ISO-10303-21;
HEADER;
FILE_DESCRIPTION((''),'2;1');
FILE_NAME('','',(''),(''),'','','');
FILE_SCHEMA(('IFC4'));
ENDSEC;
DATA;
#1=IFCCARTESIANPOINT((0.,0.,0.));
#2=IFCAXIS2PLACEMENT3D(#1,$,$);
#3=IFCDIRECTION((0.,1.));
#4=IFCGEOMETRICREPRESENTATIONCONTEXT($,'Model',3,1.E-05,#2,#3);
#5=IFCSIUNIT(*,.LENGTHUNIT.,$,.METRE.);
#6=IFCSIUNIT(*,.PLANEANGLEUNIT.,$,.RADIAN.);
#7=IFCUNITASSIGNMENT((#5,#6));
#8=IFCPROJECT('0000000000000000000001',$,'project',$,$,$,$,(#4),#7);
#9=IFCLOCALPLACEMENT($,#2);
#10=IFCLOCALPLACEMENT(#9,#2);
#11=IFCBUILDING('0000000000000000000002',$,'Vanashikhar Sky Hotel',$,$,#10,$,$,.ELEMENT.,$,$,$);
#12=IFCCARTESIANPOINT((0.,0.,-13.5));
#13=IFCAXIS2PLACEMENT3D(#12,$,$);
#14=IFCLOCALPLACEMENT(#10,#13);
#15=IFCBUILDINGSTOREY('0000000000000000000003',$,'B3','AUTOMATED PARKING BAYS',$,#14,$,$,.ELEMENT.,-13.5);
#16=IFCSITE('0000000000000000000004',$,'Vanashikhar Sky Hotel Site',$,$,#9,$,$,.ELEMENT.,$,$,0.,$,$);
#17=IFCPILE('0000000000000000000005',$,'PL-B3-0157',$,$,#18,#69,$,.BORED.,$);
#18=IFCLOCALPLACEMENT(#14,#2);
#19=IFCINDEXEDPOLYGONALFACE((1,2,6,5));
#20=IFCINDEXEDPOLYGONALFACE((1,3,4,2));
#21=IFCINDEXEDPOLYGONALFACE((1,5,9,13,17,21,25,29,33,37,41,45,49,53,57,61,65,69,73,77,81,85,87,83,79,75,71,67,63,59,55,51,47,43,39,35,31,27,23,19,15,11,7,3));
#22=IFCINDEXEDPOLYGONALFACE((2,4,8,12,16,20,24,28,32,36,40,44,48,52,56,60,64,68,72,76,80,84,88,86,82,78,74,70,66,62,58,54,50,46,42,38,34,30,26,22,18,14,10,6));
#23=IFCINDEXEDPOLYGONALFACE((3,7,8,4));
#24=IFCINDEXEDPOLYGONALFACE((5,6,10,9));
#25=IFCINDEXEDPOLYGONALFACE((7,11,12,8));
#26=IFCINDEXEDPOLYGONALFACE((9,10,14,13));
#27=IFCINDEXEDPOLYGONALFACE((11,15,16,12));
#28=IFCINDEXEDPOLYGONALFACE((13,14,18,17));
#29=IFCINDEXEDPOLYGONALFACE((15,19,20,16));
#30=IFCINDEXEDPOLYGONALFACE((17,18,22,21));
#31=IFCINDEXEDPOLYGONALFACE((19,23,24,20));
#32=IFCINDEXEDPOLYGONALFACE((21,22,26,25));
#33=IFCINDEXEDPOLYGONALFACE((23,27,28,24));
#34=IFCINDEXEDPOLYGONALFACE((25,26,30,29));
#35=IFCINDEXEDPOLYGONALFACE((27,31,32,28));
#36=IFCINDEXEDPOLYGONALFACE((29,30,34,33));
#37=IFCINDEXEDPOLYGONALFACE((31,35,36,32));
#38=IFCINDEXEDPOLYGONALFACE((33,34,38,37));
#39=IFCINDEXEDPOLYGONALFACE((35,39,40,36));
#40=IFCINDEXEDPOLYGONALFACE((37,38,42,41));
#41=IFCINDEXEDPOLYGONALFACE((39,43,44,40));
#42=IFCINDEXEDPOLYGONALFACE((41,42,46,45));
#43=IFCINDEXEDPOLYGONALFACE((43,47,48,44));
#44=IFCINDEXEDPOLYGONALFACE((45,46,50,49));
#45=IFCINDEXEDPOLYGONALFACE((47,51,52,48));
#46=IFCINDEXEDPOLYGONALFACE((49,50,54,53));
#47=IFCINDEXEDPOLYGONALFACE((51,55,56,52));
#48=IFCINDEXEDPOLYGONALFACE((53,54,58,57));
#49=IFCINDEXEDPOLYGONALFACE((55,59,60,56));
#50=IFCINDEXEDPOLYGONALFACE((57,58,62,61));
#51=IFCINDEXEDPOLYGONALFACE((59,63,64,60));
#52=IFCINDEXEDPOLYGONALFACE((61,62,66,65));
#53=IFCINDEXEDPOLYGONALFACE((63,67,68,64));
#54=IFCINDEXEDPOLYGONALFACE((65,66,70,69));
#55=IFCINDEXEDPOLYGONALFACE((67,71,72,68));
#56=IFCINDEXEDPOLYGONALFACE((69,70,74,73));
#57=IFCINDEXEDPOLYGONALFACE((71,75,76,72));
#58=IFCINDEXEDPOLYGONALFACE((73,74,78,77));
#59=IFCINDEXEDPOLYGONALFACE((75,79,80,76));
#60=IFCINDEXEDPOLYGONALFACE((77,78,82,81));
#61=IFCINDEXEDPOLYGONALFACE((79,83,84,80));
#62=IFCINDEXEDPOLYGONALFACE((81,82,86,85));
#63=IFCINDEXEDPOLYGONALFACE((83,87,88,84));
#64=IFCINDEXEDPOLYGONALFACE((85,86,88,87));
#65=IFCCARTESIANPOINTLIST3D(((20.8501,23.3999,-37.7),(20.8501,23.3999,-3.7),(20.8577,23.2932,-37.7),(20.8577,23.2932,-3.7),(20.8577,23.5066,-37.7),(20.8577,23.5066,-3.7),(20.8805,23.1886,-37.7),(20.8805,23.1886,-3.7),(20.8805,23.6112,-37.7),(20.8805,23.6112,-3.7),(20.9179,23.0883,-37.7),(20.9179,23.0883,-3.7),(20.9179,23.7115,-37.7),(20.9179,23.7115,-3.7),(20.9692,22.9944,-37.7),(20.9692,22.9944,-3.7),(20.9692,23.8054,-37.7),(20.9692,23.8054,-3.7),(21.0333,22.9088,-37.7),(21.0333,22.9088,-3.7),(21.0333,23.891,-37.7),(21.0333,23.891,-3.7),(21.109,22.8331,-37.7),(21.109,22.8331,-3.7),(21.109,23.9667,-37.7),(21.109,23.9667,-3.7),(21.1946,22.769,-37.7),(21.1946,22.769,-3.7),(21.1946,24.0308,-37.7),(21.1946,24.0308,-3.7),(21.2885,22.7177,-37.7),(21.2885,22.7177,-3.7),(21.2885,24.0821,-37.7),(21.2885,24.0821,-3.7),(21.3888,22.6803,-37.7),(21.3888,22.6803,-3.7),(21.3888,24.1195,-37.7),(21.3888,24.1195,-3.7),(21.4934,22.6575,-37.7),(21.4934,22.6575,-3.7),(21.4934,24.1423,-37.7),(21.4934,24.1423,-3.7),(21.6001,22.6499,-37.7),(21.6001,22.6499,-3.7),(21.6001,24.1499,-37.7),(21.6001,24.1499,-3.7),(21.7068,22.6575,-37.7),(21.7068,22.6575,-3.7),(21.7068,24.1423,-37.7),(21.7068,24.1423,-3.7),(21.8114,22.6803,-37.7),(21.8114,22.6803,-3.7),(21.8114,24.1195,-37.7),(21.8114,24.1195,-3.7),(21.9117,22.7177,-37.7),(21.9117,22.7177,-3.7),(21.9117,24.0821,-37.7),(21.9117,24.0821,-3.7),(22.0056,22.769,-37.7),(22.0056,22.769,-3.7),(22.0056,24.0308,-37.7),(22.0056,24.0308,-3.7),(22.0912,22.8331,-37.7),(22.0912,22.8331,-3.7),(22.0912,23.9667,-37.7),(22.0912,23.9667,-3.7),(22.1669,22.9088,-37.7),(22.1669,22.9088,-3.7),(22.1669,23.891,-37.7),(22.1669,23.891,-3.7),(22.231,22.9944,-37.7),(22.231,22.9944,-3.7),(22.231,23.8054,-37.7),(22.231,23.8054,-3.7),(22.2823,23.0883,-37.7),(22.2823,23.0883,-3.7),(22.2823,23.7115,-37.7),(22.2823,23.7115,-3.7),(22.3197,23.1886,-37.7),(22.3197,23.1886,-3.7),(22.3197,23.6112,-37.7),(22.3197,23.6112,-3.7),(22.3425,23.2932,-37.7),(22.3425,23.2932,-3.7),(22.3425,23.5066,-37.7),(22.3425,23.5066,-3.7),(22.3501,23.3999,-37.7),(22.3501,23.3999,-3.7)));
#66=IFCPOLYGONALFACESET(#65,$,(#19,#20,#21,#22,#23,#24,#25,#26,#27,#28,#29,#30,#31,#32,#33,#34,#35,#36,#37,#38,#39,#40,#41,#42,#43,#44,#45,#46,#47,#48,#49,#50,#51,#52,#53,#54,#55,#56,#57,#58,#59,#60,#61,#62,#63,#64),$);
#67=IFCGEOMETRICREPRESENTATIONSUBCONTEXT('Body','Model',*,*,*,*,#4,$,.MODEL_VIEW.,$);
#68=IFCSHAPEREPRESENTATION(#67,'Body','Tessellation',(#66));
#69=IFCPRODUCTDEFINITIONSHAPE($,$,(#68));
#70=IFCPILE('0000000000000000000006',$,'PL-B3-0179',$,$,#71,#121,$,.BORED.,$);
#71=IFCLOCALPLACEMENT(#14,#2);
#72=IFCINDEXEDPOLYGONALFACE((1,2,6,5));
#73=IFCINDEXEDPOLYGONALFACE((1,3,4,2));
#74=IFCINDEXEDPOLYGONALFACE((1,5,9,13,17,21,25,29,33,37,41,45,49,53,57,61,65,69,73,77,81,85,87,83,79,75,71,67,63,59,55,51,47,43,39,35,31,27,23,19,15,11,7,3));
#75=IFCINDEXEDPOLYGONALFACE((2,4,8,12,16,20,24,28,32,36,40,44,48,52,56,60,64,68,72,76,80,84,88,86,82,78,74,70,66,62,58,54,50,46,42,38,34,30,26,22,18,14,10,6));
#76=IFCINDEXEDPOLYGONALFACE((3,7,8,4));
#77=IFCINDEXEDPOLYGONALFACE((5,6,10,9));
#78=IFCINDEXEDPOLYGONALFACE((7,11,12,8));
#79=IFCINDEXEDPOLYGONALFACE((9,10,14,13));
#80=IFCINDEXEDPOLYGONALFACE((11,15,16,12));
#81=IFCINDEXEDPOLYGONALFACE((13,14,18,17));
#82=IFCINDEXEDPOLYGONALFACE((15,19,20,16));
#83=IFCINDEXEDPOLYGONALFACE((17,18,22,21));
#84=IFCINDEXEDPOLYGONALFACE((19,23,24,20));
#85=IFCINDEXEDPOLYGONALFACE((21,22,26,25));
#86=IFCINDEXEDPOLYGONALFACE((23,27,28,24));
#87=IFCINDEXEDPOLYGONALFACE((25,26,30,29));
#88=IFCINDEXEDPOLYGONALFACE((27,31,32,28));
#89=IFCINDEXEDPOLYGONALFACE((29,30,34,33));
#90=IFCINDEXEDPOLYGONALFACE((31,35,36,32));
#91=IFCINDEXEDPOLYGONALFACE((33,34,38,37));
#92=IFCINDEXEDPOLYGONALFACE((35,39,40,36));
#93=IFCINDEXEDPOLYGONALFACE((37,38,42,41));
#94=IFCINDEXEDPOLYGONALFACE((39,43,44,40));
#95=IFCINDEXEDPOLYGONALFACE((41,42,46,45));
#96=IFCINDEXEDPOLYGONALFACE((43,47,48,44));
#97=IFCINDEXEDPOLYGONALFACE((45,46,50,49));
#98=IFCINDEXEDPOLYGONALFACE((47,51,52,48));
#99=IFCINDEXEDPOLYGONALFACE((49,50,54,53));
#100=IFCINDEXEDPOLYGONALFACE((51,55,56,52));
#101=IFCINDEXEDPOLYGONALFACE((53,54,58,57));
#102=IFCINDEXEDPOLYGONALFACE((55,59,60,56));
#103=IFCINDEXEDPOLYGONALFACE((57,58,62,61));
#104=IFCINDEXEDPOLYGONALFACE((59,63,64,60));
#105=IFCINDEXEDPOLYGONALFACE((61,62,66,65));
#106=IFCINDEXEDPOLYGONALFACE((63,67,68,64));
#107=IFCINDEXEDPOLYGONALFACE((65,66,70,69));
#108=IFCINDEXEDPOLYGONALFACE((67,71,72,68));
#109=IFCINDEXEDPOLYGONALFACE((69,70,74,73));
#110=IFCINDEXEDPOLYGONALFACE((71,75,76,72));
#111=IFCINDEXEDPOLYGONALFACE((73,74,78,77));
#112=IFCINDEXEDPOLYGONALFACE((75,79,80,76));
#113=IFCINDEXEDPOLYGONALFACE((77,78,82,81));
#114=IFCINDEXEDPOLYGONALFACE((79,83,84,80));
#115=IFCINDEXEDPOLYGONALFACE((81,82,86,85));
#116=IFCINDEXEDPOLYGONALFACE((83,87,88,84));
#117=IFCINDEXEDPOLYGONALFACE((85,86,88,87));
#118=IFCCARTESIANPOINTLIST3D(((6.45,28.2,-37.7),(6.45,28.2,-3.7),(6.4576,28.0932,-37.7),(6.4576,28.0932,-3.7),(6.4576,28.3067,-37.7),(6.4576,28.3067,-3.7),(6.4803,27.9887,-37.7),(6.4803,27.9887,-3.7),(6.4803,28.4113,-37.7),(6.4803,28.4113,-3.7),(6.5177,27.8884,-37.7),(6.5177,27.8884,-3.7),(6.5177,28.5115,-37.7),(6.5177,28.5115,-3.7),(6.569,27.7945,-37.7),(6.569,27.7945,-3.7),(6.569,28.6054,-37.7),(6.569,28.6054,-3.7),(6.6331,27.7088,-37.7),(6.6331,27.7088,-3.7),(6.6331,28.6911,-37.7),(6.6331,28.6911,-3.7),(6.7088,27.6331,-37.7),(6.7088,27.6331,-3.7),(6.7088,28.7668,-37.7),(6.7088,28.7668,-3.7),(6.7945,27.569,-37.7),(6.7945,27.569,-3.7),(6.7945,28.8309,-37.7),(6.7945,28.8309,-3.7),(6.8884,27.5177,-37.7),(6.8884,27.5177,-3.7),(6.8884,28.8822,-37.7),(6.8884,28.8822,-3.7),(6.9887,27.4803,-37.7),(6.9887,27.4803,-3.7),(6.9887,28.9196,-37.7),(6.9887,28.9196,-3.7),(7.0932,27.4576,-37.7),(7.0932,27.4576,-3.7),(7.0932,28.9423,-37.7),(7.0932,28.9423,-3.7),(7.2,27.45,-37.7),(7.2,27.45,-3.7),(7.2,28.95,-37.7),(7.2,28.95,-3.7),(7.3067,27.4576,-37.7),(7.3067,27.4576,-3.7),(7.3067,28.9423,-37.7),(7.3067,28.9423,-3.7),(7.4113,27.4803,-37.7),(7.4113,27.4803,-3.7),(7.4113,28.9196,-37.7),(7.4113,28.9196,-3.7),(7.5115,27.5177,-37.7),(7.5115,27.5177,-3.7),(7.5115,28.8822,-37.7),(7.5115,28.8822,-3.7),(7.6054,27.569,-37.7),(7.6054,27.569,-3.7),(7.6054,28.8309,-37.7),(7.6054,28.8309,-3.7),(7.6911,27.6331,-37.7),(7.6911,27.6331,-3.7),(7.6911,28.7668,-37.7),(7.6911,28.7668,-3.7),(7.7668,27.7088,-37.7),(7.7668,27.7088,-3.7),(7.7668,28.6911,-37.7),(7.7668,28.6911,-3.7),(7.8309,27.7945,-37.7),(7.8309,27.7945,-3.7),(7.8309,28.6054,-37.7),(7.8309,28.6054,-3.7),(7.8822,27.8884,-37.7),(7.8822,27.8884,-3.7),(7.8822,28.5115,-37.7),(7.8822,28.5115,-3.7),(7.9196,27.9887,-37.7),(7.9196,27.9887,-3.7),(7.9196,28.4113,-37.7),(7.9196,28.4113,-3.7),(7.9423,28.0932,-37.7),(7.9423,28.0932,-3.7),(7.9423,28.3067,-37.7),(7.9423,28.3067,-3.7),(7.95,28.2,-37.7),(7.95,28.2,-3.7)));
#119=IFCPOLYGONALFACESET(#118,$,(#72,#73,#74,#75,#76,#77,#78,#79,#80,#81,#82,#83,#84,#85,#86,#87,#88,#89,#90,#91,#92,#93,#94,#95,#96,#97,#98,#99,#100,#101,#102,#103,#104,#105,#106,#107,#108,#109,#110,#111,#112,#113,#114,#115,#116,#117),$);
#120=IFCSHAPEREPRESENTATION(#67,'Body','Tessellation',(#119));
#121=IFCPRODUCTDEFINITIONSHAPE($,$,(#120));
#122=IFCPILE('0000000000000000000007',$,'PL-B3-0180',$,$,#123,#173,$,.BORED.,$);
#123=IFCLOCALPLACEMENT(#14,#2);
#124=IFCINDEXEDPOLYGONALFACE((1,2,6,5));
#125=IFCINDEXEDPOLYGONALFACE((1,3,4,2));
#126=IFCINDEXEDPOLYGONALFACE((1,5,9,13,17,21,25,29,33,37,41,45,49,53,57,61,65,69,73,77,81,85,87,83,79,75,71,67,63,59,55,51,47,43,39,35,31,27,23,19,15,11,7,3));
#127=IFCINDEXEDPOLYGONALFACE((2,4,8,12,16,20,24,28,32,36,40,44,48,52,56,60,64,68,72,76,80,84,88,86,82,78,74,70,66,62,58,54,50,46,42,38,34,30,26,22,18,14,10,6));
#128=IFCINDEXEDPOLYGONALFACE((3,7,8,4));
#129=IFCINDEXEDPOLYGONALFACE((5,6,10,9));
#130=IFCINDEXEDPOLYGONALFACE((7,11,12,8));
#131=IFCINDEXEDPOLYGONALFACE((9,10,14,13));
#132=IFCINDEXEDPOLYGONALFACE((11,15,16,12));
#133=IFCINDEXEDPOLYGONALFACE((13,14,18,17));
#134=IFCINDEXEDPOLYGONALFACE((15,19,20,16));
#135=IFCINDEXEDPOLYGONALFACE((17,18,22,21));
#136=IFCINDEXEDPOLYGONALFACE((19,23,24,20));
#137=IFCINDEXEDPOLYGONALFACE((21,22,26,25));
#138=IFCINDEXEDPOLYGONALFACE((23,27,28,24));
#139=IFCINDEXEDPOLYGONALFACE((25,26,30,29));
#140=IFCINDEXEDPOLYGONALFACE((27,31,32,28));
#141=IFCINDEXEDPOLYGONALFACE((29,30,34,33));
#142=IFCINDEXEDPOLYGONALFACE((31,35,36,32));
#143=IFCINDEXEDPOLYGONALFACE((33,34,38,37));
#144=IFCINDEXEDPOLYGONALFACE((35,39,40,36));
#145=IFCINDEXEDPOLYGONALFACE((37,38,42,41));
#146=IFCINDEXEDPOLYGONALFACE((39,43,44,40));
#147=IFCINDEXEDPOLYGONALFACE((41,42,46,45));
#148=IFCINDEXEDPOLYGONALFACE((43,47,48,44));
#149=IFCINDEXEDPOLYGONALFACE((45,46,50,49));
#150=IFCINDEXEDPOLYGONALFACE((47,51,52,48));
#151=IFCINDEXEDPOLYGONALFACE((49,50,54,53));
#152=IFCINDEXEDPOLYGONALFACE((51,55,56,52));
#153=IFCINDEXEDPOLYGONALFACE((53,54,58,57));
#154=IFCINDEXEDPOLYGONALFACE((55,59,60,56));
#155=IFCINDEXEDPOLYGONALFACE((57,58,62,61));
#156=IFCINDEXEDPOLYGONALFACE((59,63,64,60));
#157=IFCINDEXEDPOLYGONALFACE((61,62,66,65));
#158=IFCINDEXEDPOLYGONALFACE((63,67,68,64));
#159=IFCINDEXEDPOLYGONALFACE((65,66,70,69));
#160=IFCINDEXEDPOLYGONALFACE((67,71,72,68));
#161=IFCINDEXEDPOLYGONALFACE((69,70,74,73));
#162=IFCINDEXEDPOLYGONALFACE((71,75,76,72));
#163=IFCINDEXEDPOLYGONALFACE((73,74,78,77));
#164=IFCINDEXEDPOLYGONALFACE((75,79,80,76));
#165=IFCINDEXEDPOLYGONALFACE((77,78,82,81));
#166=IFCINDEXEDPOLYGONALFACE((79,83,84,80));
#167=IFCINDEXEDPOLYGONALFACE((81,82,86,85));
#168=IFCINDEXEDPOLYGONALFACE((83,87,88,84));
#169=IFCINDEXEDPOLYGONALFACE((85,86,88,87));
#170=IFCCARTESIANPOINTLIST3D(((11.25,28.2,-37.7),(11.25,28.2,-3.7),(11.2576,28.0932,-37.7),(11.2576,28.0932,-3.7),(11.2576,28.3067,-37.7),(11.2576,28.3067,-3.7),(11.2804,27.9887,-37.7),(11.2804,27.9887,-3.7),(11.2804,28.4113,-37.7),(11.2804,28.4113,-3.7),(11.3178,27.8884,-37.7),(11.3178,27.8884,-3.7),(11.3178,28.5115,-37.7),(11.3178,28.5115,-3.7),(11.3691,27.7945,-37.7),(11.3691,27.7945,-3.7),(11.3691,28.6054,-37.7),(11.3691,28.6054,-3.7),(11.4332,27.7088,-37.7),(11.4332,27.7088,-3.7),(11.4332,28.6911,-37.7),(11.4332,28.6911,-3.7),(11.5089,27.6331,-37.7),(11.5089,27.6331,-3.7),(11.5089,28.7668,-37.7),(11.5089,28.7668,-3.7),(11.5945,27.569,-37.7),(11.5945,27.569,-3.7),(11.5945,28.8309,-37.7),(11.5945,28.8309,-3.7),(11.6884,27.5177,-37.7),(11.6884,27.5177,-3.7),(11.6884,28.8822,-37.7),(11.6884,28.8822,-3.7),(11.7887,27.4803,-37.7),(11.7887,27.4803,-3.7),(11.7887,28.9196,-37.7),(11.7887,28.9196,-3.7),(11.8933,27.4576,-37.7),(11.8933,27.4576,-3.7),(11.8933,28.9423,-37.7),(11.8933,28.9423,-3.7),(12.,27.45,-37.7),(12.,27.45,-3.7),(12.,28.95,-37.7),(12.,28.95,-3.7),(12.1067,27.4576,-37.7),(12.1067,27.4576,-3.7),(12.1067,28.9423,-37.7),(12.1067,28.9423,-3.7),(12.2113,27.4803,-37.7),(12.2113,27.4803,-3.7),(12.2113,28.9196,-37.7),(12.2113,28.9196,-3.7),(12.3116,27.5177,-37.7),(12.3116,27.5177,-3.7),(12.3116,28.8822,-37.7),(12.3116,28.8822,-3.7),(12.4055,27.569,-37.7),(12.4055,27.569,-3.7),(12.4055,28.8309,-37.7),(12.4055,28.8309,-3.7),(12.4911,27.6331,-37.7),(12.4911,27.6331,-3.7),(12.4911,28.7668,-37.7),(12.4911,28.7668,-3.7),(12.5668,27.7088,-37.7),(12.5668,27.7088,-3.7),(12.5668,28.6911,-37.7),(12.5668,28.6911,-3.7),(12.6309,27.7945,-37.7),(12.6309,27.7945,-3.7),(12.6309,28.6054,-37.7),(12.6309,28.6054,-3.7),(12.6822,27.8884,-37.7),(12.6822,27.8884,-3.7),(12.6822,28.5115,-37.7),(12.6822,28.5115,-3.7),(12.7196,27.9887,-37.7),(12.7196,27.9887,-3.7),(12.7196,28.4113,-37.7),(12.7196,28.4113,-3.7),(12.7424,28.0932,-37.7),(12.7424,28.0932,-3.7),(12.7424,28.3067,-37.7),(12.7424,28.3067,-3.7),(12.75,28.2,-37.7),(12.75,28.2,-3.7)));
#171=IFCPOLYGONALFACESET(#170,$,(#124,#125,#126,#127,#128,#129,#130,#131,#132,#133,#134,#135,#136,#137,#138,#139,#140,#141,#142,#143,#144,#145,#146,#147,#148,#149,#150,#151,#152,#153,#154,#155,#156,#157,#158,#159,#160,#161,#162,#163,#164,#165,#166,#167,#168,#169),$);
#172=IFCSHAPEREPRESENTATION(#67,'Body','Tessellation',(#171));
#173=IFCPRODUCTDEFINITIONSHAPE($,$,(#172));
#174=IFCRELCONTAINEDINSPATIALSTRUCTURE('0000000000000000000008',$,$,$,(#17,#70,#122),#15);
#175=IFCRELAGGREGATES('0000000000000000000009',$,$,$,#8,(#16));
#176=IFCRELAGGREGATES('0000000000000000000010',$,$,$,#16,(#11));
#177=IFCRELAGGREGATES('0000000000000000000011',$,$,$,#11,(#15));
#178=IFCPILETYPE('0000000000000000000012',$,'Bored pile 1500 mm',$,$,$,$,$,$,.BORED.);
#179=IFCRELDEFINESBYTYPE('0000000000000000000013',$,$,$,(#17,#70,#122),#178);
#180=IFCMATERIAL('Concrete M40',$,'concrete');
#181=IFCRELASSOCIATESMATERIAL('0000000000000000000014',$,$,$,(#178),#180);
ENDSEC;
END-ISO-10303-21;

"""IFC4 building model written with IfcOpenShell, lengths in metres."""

from ifc_helpers import new_model, si_unit, direction, frame, origin, origin_2d, place, context, subcontext, project, spatial, circle, extrude, source, transform, mapped, material, type_object, element, save


model = new_model("IFC4")

# Units and contexts
model_context = context("Model", 3, precision=1e-05, world=origin(), true_north=direction((0.0, 1.0)))
body_context = subcontext(model_context, "Body", "Model", "MODEL_VIEW")
ifc_project = project(units=[si_unit("LENGTHUNIT", "METRE"), si_unit("PLANEANGLEUNIT", "RADIAN")], contexts=[model_context])

# Site, building, storey
site_placement = place(None, origin())
site = spatial("IfcSite", under=ifc_project, at=site_placement, Name="Vanashikhar Sky Hotel Site", CompositionType="ELEMENT", RefElevation=0.0)
building_placement = place(site_placement, origin())
building = spatial("IfcBuilding", under=site, at=building_placement, Name="Vanashikhar Sky Hotel", CompositionType="ELEMENT")
storey_placement = place(building_placement, frame((0.0, 0.0, -13.5)))
storey = spatial("IfcBuildingStorey", under=building, at=storey_placement, Name="B3", Description="AUTOMATED PARKING BAYS", CompositionType="ELEMENT", Elevation=-13.5)

# Piles
ifc_material_1 = material(Name="Concrete M40", Category="concrete")
pile_type = type_object("IfcPileType", Name="Bored pile 1500 mm", PredefinedType="BORED", material=ifc_material_1)
shared_shape_1 = source(origin(), body_context, "Body", "SweptSolid", [
    extrude(circle(Radius=0.75, at=origin_2d()), origin(), (0.0, 0.0, 1.0), 34.0),
])
for number, where, z_axis, x_axis, name in (
    (1, (21.6001, 23.3999, -3.7), (0.0, 0.0, -1.0), (1.0, 0.0, 0.0), "PL-B3-0157"),
    (2, (7.2, 28.2, -3.7), (0.0, 0.0, -1.0), (1.0, 0.0, 0.0), "PL-B3-0179"),
    (3, (12.0, 28.2, -3.7), (0.0, 0.0, -1.0), (1.0, 0.0, 0.0), "PL-B3-0180"),
):
    element("IfcPile", number, at=place(storey_placement, frame(where, z_axis=z_axis, x_axis=x_axis)), inside=storey, type_object=pile_type, Name=name, PredefinedType="BORED", context=body_context, shape_type="MappedRepresentation", body=[
        mapped(shared_shape_1, transform((0.0, 0.0, 0.0), scale=1.0)),
    ])

save(model, "model.ifc")
